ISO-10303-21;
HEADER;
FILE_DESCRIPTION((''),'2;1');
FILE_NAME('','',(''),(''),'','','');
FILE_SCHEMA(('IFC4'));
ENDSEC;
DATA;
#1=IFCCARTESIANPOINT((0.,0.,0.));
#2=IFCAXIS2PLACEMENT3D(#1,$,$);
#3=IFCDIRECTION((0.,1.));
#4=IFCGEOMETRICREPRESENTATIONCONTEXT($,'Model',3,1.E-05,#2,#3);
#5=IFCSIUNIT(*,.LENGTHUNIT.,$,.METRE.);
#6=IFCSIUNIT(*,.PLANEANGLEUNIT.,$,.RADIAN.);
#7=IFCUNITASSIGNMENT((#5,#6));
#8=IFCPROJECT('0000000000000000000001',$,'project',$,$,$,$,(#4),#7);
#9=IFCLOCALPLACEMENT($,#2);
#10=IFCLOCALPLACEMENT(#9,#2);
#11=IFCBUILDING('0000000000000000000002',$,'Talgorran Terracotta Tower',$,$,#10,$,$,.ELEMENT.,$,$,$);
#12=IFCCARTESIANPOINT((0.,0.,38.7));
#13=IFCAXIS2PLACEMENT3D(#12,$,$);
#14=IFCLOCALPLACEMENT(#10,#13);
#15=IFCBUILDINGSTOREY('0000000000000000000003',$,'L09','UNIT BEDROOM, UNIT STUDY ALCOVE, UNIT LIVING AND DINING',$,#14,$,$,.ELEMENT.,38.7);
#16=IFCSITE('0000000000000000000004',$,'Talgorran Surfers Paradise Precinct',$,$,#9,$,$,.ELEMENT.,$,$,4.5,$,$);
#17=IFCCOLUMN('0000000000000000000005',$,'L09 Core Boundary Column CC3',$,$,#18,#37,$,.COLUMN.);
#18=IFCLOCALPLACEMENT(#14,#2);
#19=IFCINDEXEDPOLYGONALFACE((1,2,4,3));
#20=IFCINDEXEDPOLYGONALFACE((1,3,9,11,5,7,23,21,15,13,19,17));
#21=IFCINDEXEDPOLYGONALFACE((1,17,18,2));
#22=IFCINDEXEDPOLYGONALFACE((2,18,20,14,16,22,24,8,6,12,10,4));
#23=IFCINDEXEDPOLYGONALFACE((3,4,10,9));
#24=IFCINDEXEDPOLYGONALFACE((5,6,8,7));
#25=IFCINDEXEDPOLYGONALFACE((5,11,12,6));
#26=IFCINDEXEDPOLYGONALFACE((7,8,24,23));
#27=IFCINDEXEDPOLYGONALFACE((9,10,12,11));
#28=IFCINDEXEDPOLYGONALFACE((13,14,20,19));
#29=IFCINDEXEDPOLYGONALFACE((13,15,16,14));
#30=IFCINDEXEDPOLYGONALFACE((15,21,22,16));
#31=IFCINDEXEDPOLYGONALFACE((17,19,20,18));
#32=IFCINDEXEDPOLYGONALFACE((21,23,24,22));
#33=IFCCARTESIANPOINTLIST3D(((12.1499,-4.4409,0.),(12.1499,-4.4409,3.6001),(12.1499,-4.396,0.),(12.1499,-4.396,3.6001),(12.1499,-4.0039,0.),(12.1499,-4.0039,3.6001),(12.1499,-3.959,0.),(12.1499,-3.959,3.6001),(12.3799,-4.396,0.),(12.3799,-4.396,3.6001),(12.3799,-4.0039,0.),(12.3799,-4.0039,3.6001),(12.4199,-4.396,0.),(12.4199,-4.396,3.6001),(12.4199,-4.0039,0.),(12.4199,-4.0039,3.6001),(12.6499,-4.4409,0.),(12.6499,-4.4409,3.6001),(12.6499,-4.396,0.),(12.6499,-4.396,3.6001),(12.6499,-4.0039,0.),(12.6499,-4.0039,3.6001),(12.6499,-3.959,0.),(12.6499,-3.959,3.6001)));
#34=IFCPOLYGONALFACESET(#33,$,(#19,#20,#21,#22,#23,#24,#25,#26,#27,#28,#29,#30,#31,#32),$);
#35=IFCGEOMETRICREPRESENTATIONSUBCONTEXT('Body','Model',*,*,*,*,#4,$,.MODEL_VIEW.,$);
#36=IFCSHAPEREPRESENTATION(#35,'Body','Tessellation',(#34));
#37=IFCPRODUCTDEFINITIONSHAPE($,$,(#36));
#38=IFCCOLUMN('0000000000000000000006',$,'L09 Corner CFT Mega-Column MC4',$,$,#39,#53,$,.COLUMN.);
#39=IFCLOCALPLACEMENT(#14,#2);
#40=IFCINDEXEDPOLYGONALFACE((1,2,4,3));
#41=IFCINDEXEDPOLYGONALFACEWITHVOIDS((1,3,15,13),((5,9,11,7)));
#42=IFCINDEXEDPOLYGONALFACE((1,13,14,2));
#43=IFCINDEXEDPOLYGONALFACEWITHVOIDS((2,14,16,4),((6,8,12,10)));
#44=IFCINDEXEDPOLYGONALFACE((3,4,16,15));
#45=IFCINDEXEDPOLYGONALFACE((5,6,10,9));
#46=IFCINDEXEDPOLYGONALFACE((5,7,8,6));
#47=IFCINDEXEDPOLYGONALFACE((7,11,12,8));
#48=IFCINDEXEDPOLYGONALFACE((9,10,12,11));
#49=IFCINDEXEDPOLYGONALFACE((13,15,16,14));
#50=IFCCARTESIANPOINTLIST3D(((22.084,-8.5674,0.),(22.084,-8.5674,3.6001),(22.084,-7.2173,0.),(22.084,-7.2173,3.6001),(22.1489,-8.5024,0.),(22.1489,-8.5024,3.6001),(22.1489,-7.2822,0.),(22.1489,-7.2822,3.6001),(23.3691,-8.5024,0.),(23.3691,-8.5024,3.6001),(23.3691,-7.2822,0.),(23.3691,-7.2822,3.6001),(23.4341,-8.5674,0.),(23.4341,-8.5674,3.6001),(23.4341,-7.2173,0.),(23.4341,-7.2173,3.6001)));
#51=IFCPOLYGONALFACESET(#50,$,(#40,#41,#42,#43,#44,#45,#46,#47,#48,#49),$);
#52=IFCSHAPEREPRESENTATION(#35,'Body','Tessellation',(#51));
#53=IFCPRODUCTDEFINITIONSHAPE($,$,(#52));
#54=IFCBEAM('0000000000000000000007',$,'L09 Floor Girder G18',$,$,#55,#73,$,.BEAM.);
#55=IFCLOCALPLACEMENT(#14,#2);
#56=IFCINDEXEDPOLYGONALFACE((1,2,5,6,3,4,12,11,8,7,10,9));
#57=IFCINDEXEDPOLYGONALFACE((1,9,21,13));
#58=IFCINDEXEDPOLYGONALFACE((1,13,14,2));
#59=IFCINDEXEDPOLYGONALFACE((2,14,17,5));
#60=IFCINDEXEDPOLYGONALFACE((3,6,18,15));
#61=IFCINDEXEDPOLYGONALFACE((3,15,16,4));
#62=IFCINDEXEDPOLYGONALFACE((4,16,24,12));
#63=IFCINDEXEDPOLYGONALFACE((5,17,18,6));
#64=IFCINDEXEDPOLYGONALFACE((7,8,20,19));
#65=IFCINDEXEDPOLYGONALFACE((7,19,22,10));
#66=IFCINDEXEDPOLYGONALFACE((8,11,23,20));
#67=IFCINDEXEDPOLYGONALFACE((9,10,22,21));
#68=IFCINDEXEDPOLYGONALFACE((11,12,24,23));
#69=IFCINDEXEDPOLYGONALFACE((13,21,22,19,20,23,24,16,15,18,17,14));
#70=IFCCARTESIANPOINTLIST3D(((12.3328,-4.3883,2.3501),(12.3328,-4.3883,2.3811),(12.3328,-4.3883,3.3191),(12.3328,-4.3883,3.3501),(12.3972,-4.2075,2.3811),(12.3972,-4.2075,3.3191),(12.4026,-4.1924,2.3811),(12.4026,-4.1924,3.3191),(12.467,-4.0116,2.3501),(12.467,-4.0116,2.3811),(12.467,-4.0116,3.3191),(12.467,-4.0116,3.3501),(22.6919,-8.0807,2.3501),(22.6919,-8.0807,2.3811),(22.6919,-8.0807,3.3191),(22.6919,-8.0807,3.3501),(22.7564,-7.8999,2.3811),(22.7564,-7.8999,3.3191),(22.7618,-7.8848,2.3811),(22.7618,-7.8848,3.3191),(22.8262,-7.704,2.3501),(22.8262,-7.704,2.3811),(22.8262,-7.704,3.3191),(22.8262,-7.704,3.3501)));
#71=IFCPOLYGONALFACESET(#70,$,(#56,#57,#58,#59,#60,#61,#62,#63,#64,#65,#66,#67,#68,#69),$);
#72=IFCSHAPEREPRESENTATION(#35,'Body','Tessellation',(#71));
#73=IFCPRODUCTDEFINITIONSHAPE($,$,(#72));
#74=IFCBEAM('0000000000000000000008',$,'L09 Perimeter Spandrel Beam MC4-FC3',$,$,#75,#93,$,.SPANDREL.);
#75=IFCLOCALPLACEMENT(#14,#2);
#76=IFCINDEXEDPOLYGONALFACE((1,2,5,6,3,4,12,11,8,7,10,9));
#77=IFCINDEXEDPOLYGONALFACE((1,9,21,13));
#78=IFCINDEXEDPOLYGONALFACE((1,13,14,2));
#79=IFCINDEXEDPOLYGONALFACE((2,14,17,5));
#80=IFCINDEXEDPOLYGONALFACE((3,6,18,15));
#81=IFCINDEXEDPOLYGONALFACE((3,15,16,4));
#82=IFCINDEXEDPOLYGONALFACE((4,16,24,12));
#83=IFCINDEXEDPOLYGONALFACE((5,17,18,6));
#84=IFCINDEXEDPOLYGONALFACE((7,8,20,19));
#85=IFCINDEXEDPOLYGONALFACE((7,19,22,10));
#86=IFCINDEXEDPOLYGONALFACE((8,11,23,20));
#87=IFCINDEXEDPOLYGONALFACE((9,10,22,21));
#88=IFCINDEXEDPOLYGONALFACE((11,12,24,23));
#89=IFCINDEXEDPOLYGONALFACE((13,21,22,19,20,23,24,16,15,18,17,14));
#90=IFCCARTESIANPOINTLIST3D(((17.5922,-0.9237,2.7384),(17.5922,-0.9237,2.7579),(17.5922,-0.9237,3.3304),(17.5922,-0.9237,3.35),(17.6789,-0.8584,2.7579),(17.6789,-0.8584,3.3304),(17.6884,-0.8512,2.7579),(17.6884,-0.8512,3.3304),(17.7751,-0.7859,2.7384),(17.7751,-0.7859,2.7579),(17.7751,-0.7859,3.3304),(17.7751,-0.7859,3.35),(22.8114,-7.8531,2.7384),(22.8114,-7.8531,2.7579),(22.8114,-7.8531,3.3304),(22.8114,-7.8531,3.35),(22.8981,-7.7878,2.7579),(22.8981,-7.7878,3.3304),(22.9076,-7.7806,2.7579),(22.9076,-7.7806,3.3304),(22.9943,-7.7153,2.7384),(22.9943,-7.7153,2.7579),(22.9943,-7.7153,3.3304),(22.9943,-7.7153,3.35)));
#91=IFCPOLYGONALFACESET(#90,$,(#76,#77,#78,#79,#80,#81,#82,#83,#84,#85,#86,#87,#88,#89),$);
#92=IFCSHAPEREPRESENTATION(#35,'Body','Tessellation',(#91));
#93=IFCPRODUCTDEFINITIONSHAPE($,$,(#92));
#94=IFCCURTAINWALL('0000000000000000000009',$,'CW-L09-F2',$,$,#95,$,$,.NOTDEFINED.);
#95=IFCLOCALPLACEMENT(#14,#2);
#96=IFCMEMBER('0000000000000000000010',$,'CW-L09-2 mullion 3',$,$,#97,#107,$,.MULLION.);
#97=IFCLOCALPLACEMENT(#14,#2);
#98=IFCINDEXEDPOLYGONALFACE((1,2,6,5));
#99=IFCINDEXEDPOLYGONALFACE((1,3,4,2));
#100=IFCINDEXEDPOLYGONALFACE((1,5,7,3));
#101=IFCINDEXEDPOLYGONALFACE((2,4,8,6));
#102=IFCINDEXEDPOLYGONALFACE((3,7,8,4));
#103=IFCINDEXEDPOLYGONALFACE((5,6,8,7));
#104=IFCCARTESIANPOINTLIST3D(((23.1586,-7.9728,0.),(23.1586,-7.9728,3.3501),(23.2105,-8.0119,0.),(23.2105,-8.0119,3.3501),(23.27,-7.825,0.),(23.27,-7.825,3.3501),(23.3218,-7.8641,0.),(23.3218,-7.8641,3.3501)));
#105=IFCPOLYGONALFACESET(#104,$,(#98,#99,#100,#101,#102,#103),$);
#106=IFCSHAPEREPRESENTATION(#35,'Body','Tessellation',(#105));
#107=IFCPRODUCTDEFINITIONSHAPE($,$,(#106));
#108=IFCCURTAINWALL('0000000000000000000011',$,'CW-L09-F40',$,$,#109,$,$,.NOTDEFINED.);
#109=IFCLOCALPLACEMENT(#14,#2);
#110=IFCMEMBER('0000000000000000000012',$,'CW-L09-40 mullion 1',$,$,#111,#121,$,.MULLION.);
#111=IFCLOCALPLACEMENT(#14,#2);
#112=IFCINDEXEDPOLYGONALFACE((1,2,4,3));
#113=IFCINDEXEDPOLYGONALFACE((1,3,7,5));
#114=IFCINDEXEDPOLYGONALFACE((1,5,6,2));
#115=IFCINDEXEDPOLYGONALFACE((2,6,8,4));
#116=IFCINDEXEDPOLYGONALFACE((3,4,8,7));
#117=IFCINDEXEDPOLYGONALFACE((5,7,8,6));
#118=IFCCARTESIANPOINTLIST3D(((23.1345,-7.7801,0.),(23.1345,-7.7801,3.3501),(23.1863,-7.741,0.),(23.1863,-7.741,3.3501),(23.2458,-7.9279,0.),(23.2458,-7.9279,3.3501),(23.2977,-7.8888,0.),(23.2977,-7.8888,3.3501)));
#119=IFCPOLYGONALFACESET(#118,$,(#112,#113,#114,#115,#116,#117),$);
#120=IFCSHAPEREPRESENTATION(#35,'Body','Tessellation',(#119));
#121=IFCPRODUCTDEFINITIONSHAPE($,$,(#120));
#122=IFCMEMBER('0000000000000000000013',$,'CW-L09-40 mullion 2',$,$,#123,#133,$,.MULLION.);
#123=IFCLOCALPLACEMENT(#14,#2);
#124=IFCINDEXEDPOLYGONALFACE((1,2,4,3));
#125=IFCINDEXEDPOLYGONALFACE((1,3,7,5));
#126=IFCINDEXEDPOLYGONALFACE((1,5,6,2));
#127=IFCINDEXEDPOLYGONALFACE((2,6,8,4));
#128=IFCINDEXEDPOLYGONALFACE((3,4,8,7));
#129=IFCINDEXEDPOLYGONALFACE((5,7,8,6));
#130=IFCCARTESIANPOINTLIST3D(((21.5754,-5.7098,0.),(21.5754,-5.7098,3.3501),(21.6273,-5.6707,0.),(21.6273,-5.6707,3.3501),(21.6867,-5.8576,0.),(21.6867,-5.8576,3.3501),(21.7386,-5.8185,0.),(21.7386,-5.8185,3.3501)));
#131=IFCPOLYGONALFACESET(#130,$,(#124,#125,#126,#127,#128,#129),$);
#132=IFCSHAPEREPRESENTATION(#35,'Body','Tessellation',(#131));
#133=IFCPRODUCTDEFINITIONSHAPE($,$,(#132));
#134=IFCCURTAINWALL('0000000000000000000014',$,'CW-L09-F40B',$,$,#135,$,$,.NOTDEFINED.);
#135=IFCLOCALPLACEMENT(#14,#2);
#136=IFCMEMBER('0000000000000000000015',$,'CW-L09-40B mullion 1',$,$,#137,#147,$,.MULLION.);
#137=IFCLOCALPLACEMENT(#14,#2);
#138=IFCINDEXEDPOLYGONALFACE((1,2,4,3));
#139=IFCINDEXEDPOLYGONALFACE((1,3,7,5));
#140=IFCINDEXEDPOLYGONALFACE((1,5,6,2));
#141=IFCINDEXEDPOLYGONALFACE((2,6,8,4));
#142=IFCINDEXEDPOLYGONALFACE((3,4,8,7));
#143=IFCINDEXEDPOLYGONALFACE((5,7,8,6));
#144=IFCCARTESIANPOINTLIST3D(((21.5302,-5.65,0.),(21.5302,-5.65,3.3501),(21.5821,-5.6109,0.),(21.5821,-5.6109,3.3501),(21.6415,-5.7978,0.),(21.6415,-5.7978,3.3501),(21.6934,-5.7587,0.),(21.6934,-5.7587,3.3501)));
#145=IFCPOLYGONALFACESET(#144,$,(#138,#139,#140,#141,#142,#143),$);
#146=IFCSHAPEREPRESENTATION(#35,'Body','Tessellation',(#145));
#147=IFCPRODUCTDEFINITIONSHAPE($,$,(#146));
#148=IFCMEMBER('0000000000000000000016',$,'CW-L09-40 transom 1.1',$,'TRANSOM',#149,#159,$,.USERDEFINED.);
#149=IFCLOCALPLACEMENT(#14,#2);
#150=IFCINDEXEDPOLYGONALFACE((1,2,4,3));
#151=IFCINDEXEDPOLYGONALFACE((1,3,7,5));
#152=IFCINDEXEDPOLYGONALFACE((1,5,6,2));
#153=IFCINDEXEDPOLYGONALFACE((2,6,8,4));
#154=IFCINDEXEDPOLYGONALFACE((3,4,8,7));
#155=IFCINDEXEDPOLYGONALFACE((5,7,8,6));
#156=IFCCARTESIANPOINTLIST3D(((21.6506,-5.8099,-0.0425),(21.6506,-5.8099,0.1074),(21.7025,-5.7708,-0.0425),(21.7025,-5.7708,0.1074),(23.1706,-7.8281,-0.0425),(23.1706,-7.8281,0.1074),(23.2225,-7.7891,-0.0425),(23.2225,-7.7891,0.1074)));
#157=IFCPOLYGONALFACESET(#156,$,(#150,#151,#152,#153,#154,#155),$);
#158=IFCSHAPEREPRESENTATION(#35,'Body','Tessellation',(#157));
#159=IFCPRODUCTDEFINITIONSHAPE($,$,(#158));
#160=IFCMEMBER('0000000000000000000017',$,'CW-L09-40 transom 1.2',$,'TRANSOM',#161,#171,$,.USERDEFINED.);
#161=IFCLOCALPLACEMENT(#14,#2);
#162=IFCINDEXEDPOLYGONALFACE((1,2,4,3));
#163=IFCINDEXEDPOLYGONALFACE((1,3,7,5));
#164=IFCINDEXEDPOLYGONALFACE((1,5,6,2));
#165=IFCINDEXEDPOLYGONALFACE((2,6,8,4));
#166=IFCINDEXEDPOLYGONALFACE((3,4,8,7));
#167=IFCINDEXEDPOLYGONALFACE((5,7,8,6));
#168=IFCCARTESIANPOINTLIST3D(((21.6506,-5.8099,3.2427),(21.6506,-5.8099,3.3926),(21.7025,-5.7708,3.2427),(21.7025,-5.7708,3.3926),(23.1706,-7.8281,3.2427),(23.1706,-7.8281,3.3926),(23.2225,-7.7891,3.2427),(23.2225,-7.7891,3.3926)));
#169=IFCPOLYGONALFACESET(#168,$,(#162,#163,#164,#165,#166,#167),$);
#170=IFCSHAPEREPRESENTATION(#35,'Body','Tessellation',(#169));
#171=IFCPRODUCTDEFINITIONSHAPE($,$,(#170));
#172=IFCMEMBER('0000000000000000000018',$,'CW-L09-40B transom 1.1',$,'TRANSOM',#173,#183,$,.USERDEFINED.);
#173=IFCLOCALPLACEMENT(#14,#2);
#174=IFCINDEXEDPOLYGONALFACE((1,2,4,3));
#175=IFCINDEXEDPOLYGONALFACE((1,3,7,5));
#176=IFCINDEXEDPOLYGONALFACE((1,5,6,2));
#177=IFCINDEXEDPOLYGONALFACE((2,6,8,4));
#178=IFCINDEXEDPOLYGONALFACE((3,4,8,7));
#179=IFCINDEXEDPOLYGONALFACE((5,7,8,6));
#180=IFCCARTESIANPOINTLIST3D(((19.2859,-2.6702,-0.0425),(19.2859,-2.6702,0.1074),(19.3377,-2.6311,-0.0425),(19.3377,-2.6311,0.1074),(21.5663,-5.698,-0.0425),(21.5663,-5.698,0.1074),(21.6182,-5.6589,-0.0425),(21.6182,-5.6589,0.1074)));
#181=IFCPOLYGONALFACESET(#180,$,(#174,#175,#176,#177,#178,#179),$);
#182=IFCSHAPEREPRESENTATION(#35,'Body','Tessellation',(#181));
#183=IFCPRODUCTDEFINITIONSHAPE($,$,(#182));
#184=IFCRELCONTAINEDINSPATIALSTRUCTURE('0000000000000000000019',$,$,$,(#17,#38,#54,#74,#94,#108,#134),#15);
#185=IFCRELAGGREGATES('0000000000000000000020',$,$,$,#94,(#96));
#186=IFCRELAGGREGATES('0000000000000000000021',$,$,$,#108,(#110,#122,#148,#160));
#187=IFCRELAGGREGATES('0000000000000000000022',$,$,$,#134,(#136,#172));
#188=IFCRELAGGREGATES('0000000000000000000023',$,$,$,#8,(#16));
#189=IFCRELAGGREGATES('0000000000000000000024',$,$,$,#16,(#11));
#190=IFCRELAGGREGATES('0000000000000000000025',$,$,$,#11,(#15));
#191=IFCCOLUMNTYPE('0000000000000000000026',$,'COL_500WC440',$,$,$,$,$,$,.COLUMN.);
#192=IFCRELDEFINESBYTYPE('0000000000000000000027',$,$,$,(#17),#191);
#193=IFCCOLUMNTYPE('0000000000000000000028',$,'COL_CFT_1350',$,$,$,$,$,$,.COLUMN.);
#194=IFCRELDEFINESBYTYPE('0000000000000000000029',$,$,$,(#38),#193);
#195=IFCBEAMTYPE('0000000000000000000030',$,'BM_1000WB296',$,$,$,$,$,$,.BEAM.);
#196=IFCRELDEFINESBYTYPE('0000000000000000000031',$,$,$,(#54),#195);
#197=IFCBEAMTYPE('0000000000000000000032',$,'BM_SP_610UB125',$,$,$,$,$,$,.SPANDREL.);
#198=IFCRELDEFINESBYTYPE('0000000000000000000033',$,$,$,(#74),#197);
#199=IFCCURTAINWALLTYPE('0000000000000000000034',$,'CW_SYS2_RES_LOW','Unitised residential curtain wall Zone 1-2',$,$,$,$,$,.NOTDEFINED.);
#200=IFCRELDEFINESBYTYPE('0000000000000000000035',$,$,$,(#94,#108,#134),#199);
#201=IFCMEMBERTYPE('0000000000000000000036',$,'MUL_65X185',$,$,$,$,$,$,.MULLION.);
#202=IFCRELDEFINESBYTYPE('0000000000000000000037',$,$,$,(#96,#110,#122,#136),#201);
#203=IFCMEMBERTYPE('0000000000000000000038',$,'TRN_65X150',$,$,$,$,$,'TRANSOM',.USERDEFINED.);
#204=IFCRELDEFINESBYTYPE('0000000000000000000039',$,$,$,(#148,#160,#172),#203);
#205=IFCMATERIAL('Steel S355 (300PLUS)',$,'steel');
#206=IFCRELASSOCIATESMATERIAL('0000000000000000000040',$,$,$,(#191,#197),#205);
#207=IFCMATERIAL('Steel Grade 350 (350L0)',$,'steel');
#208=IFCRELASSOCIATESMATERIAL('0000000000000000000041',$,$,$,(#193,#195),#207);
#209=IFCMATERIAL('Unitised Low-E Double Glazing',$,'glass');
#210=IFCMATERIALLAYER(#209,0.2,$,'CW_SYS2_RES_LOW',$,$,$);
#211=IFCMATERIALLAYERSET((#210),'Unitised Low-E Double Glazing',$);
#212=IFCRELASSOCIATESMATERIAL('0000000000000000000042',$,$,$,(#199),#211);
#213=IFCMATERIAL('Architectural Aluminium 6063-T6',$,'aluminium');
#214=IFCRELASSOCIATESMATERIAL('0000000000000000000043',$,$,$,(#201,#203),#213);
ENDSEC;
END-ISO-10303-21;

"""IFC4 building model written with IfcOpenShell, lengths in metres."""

from ifc_helpers import new_model, si_unit, direction, frame, origin, origin_2d, place, context, subcontext, project, spatial, rectangle, hollow_rectangle, i_section, extrude, material, layer, layer_set, material_profile, profile_set, type_object, element, aggregate, save


model = new_model("IFC4")

# Units and contexts
model_context = context("Model", 3, precision=1e-05, world=origin(), true_north=direction((0.0, 1.0)))
body_context = subcontext(model_context, "Body", "Model", "MODEL_VIEW")
ifc_project = project(units=[si_unit("LENGTHUNIT", "METRE"), si_unit("PLANEANGLEUNIT", "RADIAN")], contexts=[model_context])

# Site, building, storey
site_placement = place(None, origin())
site = spatial("IfcSite", under=ifc_project, at=site_placement, Name="Talgorran Surfers Paradise Precinct", CompositionType="ELEMENT", RefElevation=4.5)
building_placement = place(site_placement, origin())
building = spatial("IfcBuilding", under=site, at=building_placement, Name="Talgorran Terracotta Tower", CompositionType="ELEMENT")
storey_placement = place(building_placement, frame((0.0, 0.0, 38.7)))
storey = spatial("IfcBuildingStorey", under=building, at=storey_placement, Name="L09", Description="UNIT BEDROOM, UNIT STUDY ALCOVE, UNIT LIVING AND DINING", CompositionType="ELEMENT", Elevation=38.7)

# Columns
ifc_material_1 = material(Name="Steel S355 (300PLUS)", Category="steel")
ifc_material_profile_1 = material_profile(ifc_material_1, i_section(OverallWidth=0.5, OverallDepth=0.4819, WebThickness=0.04, FlangeThickness=0.0449, at=origin_2d()), Name="500WC440")
ifc_profile_set_1 = profile_set([ifc_material_profile_1], Name="Steel S355 (300PLUS)")
column_type_1 = type_object("IfcColumnType", Name="COL_500WC440", PredefinedType="COLUMN", material=ifc_profile_set_1)
column_1_placement = place(storey_placement, frame((12.3999, -4.2, 0.0), z_axis=(0.0, 0.0, 1.0), x_axis=(1.0, 0.0, 0.0)))
element("IfcColumn", 1, at=column_1_placement, inside=storey, type_object=column_type_1, Name="L09 Core Boundary Column CC3", PredefinedType="COLUMN", context=body_context, shape_type="SweptSolid", body=[
    extrude(i_section(OverallWidth=0.5, OverallDepth=0.4819, WebThickness=0.04, FlangeThickness=0.0449, at=origin_2d()), origin(), (0.0, 0.0, 1.0), 3.6001),
])
ifc_material_2 = material(Name="Steel Grade 350 (350L0)", Category="steel")
ifc_material_profile_2 = material_profile(ifc_material_2, hollow_rectangle(XDim=1.3501, YDim=1.3501, WallThickness=0.0649, at=origin_2d()), Name="CFT1350X1350X65")
ifc_profile_set_2 = profile_set([ifc_material_profile_2], Name="Steel Grade 350 (350L0)")
column_type_2 = type_object("IfcColumnType", Name="COL_CFT_1350", PredefinedType="COLUMN", material=ifc_profile_set_2)
column_2_placement = place(storey_placement, frame((22.759, -7.8923, 0.0), z_axis=(0.0, 0.0, 1.0), x_axis=(1.0, 0.0, 0.0)))
element("IfcColumn", 2, at=column_2_placement, inside=storey, type_object=column_type_2, Name="L09 Corner CFT Mega-Column MC4", PredefinedType="COLUMN", context=body_context, shape_type="SweptSolid", body=[
    extrude(hollow_rectangle(XDim=1.3501, YDim=1.3501, WallThickness=0.0649, at=origin_2d()), origin(), (0.0, 0.0, 1.0), 3.6001),
])

# Beams
ifc_material_profile_3 = material_profile(ifc_material_2, i_section(OverallWidth=0.3999, OverallDepth=1.0, WebThickness=0.0161, FlangeThickness=0.031, at=origin_2d()), Name="1000WB296")
ifc_profile_set_3 = profile_set([ifc_material_profile_3], Name="Steel Grade 350 (350L0)")
beam_type_1 = type_object("IfcBeamType", Name="BM_1000WB296", PredefinedType="BEAM", material=ifc_profile_set_3)
beam_1_placement = place(storey_placement, frame((12.3999, -4.2, 2.8501), z_axis=(0.941952, -0.335747, 0.0), x_axis=(0.335747, 0.941952, 0.0)))
element("IfcBeam", 3, at=beam_1_placement, inside=storey, type_object=beam_type_1, Name="L09 Floor Girder G18", PredefinedType="BEAM", context=body_context, shape_type="SweptSolid", body=[
    extrude(i_section(OverallWidth=0.3999, OverallDepth=1.0, WebThickness=0.0161, FlangeThickness=0.031, at=origin_2d()), origin(), (0.0, 0.0, 1.0), 10.9976),
])
ifc_material_profile_4 = material_profile(ifc_material_1, i_section(OverallWidth=0.229, OverallDepth=0.6116, WebThickness=0.012, FlangeThickness=0.0195, at=origin_2d()), Name="610UB125")
ifc_profile_set_4 = profile_set([ifc_material_profile_4], Name="Steel S355 (300PLUS)")
beam_type_2 = type_object("IfcBeamType", Name="BM_SP_610UB125", PredefinedType="SPANDREL", material=ifc_profile_set_4)
beam_2_placement = place(storey_placement, frame((22.9028, -7.7842, 3.0442), z_axis=(-0.601633, 0.798772, 0.0), x_axis=(-0.798772, -0.601633, 0.0)))
element("IfcBeam", 4, at=beam_2_placement, inside=storey, type_object=beam_type_2, Name="L09 Perimeter Spandrel Beam MC4-FC3", PredefinedType="SPANDREL", context=body_context, shape_type="SweptSolid", body=[
    extrude(i_section(OverallWidth=0.229, OverallDepth=0.6116, WebThickness=0.012, FlangeThickness=0.0195, at=origin_2d()), origin(), (0.0, 0.0, 1.0), 8.675),
])

# Curtain wall, member
ifc_material_3 = material(Name="Unitised Low-E Double Glazing", Category="glass")
ifc_layer_1 = layer(ifc_material_3, 0.2, Name="CW_SYS2_RES_LOW")
ifc_layer_set_1 = layer_set([ifc_layer_1], Name="Unitised Low-E Double Glazing")
curtain_wall_type = type_object("IfcCurtainWallType", Name="CW_SYS2_RES_LOW", Description="Unitised residential curtain wall Zone 1-2", PredefinedType="NOTDEFINED", material=ifc_layer_set_1)
curtain_wall_1_placement = place(storey_placement, origin())
curtain_wall_1 = element("IfcCurtainWall", 5, at=curtain_wall_1_placement, inside=storey, type_object=curtain_wall_type, Name="CW-L09-F2", PredefinedType="NOTDEFINED")
ifc_material_4 = material(Name="Architectural Aluminium 6063-T6", Category="aluminium")
ifc_material_profile_5 = material_profile(ifc_material_4, rectangle(XDim=0.0649, YDim=0.1851, at=origin_2d()), Name="CWM65X185")
ifc_profile_set_5 = profile_set([ifc_material_profile_5], Name="Architectural Aluminium 6063-T6")
member_type_1 = type_object("IfcMemberType", Name="MUL_65X185", PredefinedType="MULLION", material=ifc_profile_set_5)
member_1_placement = place(storey_placement, frame((23.2402, -7.9185, 0.0), z_axis=(0.0, 0.0, 1.0), x_axis=(-0.798774, 0.601632, 0.0)))
member_1 = element("IfcMember", 6, at=member_1_placement, type_object=member_type_1, Name="CW-L09-2 mullion 3", PredefinedType="MULLION", context=body_context, shape_type="SweptSolid", body=[
    extrude(rectangle(XDim=0.0649, YDim=0.1851, at=origin_2d()), origin(), (0.0, 0.0, 1.0), 3.3501),
])
aggregate(curtain_wall_1, [member_1])

# Curtain wall, members
curtain_wall_2_placement = place(storey_placement, origin())
curtain_wall_2 = element("IfcCurtainWall", 7, at=curtain_wall_2_placement, inside=storey, type_object=curtain_wall_type, Name="CW-L09-F40", PredefinedType="NOTDEFINED")
member_2_placement = place(storey_placement, frame((23.2161, -7.8345, 0.0), z_axis=(0.0, 0.0, 1.0), x_axis=(-0.798783, -0.601619, 0.0)))
member_2 = element("IfcMember", 8, at=member_2_placement, type_object=member_type_1, Name="CW-L09-40 mullion 1", PredefinedType="MULLION", context=body_context, shape_type="SweptSolid", body=[
    extrude(rectangle(XDim=0.0649, YDim=0.1851, at=origin_2d()), origin(), (0.0, 0.0, 1.0), 3.3501),
])
member_3_placement = place(storey_placement, frame((21.657, -5.7642, 0.0), z_axis=(0.0, 0.0, 1.0), x_axis=(-0.798783, -0.601619, 0.0)))
member_3 = element("IfcMember", 9, at=member_3_placement, type_object=member_type_1, Name="CW-L09-40 mullion 2", PredefinedType="MULLION", context=body_context, shape_type="SweptSolid", body=[
    extrude(rectangle(XDim=0.0649, YDim=0.1851, at=origin_2d()), origin(), (0.0, 0.0, 1.0), 3.3501),
])

# Curtain wall, member
curtain_wall_3_placement = place(storey_placement, origin())
curtain_wall_3 = element("IfcCurtainWall", 10, at=curtain_wall_3_placement, inside=storey, type_object=curtain_wall_type, Name="CW-L09-F40B", PredefinedType="NOTDEFINED")
member_4_placement = place(storey_placement, frame((21.6118, -5.7043, 0.0), z_axis=(0.0, 0.0, 1.0), x_axis=(-0.798774, -0.601631, 0.0)))
member_4 = element("IfcMember", 11, at=member_4_placement, type_object=member_type_1, Name="CW-L09-40B mullion 1", PredefinedType="MULLION", context=body_context, shape_type="SweptSolid", body=[
    extrude(rectangle(XDim=0.0649, YDim=0.1851, at=origin_2d()), origin(), (0.0, 0.0, 1.0), 3.3501),
])

# Members
ifc_material_profile_6 = material_profile(ifc_material_4, rectangle(XDim=0.0649, YDim=0.1499, at=origin_2d()), Name="CWT65X150")
ifc_profile_set_6 = profile_set([ifc_material_profile_6], Name="Architectural Aluminium 6063-T6")
member_type_2 = type_object("IfcMemberType", Name="TRN_65X150", ElementType="TRANSOM", PredefinedType="USERDEFINED", material=ifc_profile_set_6)
member_5_placement = place(storey_placement, frame((23.1965, -7.8086, 0.0325), z_axis=(-0.601591, 0.798804, 0.0), x_axis=(-0.798804, -0.601591, 0.0)))
member_5 = element("IfcMember", 12, at=member_5_placement, type_object=member_type_2, Name="CW-L09-40 transom 1.1", ObjectType="TRANSOM", PredefinedType="USERDEFINED", context=body_context, shape_type="SweptSolid", body=[
    extrude(rectangle(XDim=0.0649, YDim=0.1499, at=origin_2d()), origin(), (0.0, 0.0, 1.0), 2.5266),
])
member_6_placement = place(storey_placement, frame((23.1965, -7.8086, 3.3176), z_axis=(-0.601591, 0.798804, 0.0), x_axis=(-0.798804, -0.601591, 0.0)))
member_6 = element("IfcMember", 13, at=member_6_placement, type_object=member_type_2, Name="CW-L09-40 transom 1.2", ObjectType="TRANSOM", PredefinedType="USERDEFINED", context=body_context, shape_type="SweptSolid", body=[
    extrude(rectangle(XDim=0.0649, YDim=0.1499, at=origin_2d()), origin(), (0.0, 0.0, 1.0), 2.5266),
])
member_7_placement = place(storey_placement, frame((21.5923, -5.6785, 0.0325), z_axis=(-0.601627, 0.798777, 0.0), x_axis=(-0.798777, -0.601627, 0.0)))
member_7 = element("IfcMember", 14, at=member_7_placement, type_object=member_type_2, Name="CW-L09-40B transom 1.1", ObjectType="TRANSOM", PredefinedType="USERDEFINED", context=body_context, shape_type="SweptSolid", body=[
    extrude(rectangle(XDim=0.0649, YDim=0.1499, at=origin_2d()), origin(), (0.0, 0.0, 1.0), 3.7905),
])

aggregate(curtain_wall_2, [member_2, member_3, member_5, member_6])
aggregate(curtain_wall_3, [member_4, member_7])

save(model, "model.ifc")
